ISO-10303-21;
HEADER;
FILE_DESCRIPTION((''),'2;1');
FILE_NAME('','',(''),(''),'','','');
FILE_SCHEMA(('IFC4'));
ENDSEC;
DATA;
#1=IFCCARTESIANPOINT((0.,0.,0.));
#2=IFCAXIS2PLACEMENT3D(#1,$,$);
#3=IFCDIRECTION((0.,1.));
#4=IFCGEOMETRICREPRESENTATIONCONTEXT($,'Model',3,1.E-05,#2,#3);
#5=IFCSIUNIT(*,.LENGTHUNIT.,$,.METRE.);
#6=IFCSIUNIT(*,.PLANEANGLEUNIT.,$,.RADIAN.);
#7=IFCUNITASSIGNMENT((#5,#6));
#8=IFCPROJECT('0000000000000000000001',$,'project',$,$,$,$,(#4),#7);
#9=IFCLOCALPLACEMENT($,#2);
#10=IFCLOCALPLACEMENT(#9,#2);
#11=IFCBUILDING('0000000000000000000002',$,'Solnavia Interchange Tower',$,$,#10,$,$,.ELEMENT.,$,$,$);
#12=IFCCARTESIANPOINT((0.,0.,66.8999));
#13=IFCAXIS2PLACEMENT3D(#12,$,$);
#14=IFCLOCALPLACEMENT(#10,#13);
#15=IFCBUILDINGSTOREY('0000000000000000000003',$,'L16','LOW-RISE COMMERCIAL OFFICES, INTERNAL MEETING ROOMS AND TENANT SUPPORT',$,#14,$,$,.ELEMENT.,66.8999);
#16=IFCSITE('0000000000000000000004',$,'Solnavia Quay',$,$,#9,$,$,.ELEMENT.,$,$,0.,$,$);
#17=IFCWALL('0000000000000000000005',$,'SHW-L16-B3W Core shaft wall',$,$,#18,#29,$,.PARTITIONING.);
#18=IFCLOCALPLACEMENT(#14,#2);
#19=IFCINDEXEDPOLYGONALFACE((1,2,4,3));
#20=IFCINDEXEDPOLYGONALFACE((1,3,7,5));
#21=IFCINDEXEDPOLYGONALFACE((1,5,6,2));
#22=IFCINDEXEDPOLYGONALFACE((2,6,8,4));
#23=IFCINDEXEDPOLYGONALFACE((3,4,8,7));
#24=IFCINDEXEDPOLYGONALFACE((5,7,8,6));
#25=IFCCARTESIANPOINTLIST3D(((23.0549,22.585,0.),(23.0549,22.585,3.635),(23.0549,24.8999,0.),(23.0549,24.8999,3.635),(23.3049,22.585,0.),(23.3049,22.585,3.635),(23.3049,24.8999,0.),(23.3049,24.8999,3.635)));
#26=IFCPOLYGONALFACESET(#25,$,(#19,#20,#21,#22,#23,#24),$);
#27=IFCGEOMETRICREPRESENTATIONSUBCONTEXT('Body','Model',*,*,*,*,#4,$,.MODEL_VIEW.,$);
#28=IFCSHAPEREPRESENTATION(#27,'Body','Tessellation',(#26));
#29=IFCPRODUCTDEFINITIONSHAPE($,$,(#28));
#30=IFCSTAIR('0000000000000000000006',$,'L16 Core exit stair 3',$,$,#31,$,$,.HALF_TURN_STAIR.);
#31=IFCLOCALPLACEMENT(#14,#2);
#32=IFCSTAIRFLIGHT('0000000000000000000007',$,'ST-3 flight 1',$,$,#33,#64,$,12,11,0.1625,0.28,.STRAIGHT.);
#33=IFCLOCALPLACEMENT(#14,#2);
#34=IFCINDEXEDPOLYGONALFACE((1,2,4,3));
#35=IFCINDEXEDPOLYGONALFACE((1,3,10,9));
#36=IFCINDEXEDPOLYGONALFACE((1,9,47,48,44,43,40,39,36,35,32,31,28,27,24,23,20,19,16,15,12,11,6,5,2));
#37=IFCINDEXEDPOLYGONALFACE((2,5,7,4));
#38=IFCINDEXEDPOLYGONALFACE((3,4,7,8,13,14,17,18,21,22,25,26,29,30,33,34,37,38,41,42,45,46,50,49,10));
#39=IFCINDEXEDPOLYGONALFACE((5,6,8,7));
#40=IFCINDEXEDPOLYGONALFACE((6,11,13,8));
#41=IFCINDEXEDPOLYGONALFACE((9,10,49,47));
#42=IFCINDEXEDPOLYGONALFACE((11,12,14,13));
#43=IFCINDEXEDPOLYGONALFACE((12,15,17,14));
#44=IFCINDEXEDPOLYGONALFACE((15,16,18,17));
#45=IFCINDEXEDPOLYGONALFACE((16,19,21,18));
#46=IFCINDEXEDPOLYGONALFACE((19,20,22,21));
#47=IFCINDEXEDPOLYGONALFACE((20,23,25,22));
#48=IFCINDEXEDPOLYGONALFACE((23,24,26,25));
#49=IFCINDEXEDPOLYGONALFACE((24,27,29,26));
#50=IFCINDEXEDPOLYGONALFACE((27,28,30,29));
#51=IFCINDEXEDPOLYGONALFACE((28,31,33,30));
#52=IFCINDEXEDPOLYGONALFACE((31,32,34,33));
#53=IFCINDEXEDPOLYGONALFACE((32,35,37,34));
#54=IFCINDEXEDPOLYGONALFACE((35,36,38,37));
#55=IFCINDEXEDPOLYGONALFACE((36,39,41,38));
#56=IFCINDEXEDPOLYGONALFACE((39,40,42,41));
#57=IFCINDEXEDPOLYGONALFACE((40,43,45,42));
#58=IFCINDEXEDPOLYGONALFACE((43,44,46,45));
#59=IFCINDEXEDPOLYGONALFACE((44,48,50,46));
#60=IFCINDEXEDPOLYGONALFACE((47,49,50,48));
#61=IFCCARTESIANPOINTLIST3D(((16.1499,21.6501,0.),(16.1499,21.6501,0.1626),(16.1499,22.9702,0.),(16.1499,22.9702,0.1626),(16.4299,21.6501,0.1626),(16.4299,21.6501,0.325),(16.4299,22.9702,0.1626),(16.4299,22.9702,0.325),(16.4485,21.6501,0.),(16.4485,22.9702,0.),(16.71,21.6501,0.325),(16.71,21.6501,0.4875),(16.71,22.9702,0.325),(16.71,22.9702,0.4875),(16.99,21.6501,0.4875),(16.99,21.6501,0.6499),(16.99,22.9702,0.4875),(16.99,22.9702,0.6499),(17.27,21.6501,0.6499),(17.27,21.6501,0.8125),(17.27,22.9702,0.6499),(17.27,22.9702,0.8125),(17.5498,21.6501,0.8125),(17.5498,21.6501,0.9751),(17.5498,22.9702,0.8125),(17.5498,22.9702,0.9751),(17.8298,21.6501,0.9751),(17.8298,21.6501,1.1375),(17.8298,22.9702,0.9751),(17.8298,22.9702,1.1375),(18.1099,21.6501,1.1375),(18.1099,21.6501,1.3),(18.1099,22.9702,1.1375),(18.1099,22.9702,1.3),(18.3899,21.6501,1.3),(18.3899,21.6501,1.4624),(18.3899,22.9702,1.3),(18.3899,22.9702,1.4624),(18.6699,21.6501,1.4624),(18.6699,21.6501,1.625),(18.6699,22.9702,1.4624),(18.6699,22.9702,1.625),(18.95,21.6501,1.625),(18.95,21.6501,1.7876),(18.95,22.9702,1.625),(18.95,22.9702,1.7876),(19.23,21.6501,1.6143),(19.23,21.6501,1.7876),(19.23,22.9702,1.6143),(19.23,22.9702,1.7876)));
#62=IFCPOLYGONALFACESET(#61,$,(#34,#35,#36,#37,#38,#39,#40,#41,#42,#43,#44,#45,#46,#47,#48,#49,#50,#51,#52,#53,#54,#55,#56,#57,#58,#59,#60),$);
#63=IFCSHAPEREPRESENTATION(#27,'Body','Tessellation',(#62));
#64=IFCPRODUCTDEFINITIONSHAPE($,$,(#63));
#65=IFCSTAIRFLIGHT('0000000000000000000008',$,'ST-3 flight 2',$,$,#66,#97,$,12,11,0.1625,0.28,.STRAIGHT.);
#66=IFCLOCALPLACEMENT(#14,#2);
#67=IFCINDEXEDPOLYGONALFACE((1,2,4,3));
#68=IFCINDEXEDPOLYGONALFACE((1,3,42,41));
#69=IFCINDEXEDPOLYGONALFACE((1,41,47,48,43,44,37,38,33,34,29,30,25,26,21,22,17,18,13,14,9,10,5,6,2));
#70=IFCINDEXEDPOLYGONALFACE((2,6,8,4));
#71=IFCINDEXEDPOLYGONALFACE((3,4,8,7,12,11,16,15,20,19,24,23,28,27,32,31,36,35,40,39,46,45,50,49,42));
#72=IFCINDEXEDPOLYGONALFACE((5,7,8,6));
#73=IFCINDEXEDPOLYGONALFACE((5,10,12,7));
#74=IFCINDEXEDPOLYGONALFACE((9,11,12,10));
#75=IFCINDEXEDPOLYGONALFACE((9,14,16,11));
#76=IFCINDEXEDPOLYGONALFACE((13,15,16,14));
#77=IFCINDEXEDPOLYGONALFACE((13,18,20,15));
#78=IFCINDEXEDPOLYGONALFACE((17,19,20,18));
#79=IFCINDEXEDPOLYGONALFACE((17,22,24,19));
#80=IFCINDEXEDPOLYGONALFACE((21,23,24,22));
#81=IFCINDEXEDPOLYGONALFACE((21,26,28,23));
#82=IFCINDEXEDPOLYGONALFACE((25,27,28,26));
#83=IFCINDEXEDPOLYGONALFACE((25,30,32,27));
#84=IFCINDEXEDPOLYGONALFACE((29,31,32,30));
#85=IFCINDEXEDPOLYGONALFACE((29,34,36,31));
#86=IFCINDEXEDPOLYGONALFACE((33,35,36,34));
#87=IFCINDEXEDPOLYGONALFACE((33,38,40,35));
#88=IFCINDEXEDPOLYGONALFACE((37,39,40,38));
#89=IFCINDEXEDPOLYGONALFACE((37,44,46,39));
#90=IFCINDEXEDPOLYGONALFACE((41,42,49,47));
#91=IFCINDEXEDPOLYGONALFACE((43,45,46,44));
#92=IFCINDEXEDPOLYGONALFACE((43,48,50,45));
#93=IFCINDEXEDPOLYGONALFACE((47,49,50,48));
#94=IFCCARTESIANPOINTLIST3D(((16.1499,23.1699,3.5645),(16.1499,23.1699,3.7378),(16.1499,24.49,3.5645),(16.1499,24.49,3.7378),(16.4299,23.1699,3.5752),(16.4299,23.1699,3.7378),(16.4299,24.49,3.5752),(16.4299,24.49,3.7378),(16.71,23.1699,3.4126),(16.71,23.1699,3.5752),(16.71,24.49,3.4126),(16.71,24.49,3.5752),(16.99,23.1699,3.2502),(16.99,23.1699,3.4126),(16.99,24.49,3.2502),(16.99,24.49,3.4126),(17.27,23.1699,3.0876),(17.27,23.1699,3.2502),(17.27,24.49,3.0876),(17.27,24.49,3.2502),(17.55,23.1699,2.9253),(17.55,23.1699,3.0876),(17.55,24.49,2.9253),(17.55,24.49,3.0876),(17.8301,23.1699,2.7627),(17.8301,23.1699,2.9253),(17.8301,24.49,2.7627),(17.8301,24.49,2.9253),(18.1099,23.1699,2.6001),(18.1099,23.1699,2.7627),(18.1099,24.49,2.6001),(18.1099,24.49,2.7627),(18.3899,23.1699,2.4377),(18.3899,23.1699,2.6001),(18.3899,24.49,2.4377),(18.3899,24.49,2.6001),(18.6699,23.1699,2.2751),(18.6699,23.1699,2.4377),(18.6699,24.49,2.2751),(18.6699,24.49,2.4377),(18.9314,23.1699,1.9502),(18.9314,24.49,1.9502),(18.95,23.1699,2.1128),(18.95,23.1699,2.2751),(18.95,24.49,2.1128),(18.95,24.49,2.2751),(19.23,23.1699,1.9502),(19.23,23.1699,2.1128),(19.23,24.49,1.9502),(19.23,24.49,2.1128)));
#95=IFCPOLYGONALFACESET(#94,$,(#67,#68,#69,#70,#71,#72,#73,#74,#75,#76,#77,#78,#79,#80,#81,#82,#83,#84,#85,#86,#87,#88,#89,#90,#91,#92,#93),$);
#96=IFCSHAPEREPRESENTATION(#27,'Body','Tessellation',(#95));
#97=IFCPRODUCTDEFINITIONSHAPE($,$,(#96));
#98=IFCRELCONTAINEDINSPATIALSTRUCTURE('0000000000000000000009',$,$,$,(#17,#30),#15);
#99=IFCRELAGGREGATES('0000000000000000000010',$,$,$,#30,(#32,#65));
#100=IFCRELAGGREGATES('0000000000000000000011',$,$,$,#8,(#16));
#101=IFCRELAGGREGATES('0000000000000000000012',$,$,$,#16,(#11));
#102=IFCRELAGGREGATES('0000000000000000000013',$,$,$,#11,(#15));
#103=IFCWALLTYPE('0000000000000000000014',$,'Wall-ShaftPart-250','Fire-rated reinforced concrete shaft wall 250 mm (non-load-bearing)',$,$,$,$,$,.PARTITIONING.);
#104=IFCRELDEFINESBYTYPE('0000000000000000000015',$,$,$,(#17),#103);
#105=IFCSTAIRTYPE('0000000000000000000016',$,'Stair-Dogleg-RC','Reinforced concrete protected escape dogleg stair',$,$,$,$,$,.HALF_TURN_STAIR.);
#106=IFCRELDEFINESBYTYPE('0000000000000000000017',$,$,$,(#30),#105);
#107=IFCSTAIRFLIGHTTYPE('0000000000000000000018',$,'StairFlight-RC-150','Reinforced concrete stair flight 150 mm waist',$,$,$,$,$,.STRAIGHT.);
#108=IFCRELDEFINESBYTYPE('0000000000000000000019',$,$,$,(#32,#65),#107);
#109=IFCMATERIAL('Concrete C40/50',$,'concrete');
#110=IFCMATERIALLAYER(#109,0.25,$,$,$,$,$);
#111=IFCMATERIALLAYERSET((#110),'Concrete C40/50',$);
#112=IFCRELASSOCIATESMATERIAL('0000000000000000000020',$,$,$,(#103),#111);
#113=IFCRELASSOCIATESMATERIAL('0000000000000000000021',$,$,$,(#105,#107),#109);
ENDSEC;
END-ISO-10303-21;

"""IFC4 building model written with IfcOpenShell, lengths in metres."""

from ifc_helpers import new_model, si_unit, direction, frame, frame_2d, origin, place, context, subcontext, project, spatial, polyline, rectangle, outline, extrude, material, layer, layer_set, type_object, element, aggregate, save


model = new_model("IFC4")

# Units and contexts
model_context = context("Model", 3, precision=1e-05, world=origin(), true_north=direction((0.0, 1.0)))
body_context = subcontext(model_context, "Body", "Model", "MODEL_VIEW")
ifc_project = project(units=[si_unit("LENGTHUNIT", "METRE"), si_unit("PLANEANGLEUNIT", "RADIAN")], contexts=[model_context])

# Site, building, storey
site_placement = place(None, origin())
site = spatial("IfcSite", under=ifc_project, at=site_placement, Name="Solnavia Quay", CompositionType="ELEMENT", RefElevation=0.0)
building_placement = place(site_placement, origin())
building = spatial("IfcBuilding", under=site, at=building_placement, Name="Solnavia Interchange Tower", CompositionType="ELEMENT")
storey_placement = place(building_placement, frame((0.0, 0.0, 66.8999)))
storey = spatial("IfcBuildingStorey", under=building, at=storey_placement, Name="L16", Description="LOW-RISE COMMERCIAL OFFICES, INTERNAL MEETING ROOMS AND TENANT SUPPORT", CompositionType="ELEMENT", Elevation=66.8999)

# Shared definitions
ifc_material_1 = material(Name="Concrete C40/50", Category="concrete")

# Shared definitions
ifc_layer_1 = layer(ifc_material_1, 0.25)
ifc_layer_set_1 = layer_set([ifc_layer_1], Name="Concrete C40/50")
wall_type_1 = type_object("IfcWallType", Name="Wall-ShaftPart-250", Description="Fire-rated reinforced concrete shaft wall 250 mm (non-load-bearing)", PredefinedType="PARTITIONING", material=ifc_layer_set_1)

# Wall
wall_1_placement = place(storey_placement, frame((23.1799, 22.585, 0.0), z_axis=(0.0, 0.0, 1.0), x_axis=(0.0, 1.0, 0.0)))
element("IfcWall", 1, at=wall_1_placement, inside=storey, type_object=wall_type_1, Name="SHW-L16-B3W Core shaft wall", PredefinedType="PARTITIONING", context=body_context, shape_type="SweptSolid", body=[
    extrude(rectangle(XDim=2.3149, YDim=0.25, at=frame_2d((1.1575, 0.0))), origin(), (0.0, 0.0, 1.0), 3.635),
])

# Stair, stair flights
stair_type = type_object("IfcStairType", Name="Stair-Dogleg-RC", Description="Reinforced concrete protected escape dogleg stair", PredefinedType="HALF_TURN_STAIR", material=ifc_material_1)
stair_placement = place(storey_placement, origin())
stair = element("IfcStair", 2, at=stair_placement, inside=storey, type_object=stair_type, Name="L16 Core exit stair 3", PredefinedType="HALF_TURN_STAIR")
stair_flight_type = type_object("IfcStairFlightType", Name="StairFlight-RC-150", Description="Reinforced concrete stair flight 150 mm waist", PredefinedType="STRAIGHT", material=ifc_material_1)
stair_flight_1_placement = place(storey_placement, frame((16.1499, 22.3101, 0.0), z_axis=(0.0, 0.0, 1.0), x_axis=(1.0, 0.0, 0.0)))
stair_flight_1 = element("IfcStairFlight", 3, at=stair_flight_1_placement, type_object=stair_flight_type, Name="ST-3 flight 1", NumberOfRisers=12, NumberOfTreads=11, PredefinedType="STRAIGHT", RiserHeight=0.1625, TreadLength=0.28, context=body_context, shape_type="SweptSolid", body=[
    extrude(outline(polyline([(0.0, 0.0), (0.0, 0.1626), (0.28, 0.1626), (0.28, 0.325), (0.5601, 0.325), (0.5601, 0.4875), (0.8401, 0.4875), (0.8401, 0.6499), (1.1201, 0.6499), (1.1201, 0.8125), (1.3999, 0.8125), (1.3999, 0.9751), (1.6799, 0.9751), (1.6799, 1.1375), (1.96, 1.1375), (1.96, 1.3), (2.24, 1.3), (2.24, 1.4624), (2.52, 1.4624), (2.52, 1.625), (2.8, 1.625), (2.8, 1.7876), (3.0801, 1.7876), (3.0801, 1.95), (3.0801, 1.6143), (0.2986, 0.0), (0.0, 0.0)])), frame((0.0, 0.6602, 0.0), z_axis=(0.0, -1.0, 0.0), x_axis=(1.0, 0.0, 0.0)), (0.0, 0.0, 1.0), 1.3201),
])
stair_flight_2_placement = place(storey_placement, frame((19.23, 23.8301, 1.9502), z_axis=(0.0, 0.0, 1.0), x_axis=(-1.0, 0.0, 0.0)))
stair_flight_2 = element("IfcStairFlight", 4, at=stair_flight_2_placement, type_object=stair_flight_type, Name="ST-3 flight 2", NumberOfRisers=12, NumberOfTreads=11, PredefinedType="STRAIGHT", RiserHeight=0.1625, TreadLength=0.28, context=body_context, shape_type="SweptSolid", body=[
    extrude(outline(polyline([(0.0, 0.0), (0.0, 0.1626), (0.28, 0.1626), (0.28, 0.325), (0.5601, 0.325), (0.5601, 0.4875), (0.8401, 0.4875), (0.8401, 0.6499), (1.1201, 0.6499), (1.1201, 0.8125), (1.3999, 0.8125), (1.3999, 0.9751), (1.6799, 0.9751), (1.6799, 1.1375), (1.96, 1.1375), (1.96, 1.3), (2.24, 1.3), (2.24, 1.4624), (2.52, 1.4624), (2.52, 1.625), (2.8, 1.625), (2.8, 1.7876), (3.0801, 1.7876), (3.0801, 1.95), (3.0801, 1.6143), (0.2986, 0.0), (0.0, 0.0)])), frame((0.0, 0.6602, 0.0), z_axis=(0.0, -1.0, 0.0), x_axis=(1.0, 0.0, 0.0)), (0.0, 0.0, 1.0), 1.3201),
])
aggregate(stair, [stair_flight_1, stair_flight_2])

save(model, "model.ifc")
